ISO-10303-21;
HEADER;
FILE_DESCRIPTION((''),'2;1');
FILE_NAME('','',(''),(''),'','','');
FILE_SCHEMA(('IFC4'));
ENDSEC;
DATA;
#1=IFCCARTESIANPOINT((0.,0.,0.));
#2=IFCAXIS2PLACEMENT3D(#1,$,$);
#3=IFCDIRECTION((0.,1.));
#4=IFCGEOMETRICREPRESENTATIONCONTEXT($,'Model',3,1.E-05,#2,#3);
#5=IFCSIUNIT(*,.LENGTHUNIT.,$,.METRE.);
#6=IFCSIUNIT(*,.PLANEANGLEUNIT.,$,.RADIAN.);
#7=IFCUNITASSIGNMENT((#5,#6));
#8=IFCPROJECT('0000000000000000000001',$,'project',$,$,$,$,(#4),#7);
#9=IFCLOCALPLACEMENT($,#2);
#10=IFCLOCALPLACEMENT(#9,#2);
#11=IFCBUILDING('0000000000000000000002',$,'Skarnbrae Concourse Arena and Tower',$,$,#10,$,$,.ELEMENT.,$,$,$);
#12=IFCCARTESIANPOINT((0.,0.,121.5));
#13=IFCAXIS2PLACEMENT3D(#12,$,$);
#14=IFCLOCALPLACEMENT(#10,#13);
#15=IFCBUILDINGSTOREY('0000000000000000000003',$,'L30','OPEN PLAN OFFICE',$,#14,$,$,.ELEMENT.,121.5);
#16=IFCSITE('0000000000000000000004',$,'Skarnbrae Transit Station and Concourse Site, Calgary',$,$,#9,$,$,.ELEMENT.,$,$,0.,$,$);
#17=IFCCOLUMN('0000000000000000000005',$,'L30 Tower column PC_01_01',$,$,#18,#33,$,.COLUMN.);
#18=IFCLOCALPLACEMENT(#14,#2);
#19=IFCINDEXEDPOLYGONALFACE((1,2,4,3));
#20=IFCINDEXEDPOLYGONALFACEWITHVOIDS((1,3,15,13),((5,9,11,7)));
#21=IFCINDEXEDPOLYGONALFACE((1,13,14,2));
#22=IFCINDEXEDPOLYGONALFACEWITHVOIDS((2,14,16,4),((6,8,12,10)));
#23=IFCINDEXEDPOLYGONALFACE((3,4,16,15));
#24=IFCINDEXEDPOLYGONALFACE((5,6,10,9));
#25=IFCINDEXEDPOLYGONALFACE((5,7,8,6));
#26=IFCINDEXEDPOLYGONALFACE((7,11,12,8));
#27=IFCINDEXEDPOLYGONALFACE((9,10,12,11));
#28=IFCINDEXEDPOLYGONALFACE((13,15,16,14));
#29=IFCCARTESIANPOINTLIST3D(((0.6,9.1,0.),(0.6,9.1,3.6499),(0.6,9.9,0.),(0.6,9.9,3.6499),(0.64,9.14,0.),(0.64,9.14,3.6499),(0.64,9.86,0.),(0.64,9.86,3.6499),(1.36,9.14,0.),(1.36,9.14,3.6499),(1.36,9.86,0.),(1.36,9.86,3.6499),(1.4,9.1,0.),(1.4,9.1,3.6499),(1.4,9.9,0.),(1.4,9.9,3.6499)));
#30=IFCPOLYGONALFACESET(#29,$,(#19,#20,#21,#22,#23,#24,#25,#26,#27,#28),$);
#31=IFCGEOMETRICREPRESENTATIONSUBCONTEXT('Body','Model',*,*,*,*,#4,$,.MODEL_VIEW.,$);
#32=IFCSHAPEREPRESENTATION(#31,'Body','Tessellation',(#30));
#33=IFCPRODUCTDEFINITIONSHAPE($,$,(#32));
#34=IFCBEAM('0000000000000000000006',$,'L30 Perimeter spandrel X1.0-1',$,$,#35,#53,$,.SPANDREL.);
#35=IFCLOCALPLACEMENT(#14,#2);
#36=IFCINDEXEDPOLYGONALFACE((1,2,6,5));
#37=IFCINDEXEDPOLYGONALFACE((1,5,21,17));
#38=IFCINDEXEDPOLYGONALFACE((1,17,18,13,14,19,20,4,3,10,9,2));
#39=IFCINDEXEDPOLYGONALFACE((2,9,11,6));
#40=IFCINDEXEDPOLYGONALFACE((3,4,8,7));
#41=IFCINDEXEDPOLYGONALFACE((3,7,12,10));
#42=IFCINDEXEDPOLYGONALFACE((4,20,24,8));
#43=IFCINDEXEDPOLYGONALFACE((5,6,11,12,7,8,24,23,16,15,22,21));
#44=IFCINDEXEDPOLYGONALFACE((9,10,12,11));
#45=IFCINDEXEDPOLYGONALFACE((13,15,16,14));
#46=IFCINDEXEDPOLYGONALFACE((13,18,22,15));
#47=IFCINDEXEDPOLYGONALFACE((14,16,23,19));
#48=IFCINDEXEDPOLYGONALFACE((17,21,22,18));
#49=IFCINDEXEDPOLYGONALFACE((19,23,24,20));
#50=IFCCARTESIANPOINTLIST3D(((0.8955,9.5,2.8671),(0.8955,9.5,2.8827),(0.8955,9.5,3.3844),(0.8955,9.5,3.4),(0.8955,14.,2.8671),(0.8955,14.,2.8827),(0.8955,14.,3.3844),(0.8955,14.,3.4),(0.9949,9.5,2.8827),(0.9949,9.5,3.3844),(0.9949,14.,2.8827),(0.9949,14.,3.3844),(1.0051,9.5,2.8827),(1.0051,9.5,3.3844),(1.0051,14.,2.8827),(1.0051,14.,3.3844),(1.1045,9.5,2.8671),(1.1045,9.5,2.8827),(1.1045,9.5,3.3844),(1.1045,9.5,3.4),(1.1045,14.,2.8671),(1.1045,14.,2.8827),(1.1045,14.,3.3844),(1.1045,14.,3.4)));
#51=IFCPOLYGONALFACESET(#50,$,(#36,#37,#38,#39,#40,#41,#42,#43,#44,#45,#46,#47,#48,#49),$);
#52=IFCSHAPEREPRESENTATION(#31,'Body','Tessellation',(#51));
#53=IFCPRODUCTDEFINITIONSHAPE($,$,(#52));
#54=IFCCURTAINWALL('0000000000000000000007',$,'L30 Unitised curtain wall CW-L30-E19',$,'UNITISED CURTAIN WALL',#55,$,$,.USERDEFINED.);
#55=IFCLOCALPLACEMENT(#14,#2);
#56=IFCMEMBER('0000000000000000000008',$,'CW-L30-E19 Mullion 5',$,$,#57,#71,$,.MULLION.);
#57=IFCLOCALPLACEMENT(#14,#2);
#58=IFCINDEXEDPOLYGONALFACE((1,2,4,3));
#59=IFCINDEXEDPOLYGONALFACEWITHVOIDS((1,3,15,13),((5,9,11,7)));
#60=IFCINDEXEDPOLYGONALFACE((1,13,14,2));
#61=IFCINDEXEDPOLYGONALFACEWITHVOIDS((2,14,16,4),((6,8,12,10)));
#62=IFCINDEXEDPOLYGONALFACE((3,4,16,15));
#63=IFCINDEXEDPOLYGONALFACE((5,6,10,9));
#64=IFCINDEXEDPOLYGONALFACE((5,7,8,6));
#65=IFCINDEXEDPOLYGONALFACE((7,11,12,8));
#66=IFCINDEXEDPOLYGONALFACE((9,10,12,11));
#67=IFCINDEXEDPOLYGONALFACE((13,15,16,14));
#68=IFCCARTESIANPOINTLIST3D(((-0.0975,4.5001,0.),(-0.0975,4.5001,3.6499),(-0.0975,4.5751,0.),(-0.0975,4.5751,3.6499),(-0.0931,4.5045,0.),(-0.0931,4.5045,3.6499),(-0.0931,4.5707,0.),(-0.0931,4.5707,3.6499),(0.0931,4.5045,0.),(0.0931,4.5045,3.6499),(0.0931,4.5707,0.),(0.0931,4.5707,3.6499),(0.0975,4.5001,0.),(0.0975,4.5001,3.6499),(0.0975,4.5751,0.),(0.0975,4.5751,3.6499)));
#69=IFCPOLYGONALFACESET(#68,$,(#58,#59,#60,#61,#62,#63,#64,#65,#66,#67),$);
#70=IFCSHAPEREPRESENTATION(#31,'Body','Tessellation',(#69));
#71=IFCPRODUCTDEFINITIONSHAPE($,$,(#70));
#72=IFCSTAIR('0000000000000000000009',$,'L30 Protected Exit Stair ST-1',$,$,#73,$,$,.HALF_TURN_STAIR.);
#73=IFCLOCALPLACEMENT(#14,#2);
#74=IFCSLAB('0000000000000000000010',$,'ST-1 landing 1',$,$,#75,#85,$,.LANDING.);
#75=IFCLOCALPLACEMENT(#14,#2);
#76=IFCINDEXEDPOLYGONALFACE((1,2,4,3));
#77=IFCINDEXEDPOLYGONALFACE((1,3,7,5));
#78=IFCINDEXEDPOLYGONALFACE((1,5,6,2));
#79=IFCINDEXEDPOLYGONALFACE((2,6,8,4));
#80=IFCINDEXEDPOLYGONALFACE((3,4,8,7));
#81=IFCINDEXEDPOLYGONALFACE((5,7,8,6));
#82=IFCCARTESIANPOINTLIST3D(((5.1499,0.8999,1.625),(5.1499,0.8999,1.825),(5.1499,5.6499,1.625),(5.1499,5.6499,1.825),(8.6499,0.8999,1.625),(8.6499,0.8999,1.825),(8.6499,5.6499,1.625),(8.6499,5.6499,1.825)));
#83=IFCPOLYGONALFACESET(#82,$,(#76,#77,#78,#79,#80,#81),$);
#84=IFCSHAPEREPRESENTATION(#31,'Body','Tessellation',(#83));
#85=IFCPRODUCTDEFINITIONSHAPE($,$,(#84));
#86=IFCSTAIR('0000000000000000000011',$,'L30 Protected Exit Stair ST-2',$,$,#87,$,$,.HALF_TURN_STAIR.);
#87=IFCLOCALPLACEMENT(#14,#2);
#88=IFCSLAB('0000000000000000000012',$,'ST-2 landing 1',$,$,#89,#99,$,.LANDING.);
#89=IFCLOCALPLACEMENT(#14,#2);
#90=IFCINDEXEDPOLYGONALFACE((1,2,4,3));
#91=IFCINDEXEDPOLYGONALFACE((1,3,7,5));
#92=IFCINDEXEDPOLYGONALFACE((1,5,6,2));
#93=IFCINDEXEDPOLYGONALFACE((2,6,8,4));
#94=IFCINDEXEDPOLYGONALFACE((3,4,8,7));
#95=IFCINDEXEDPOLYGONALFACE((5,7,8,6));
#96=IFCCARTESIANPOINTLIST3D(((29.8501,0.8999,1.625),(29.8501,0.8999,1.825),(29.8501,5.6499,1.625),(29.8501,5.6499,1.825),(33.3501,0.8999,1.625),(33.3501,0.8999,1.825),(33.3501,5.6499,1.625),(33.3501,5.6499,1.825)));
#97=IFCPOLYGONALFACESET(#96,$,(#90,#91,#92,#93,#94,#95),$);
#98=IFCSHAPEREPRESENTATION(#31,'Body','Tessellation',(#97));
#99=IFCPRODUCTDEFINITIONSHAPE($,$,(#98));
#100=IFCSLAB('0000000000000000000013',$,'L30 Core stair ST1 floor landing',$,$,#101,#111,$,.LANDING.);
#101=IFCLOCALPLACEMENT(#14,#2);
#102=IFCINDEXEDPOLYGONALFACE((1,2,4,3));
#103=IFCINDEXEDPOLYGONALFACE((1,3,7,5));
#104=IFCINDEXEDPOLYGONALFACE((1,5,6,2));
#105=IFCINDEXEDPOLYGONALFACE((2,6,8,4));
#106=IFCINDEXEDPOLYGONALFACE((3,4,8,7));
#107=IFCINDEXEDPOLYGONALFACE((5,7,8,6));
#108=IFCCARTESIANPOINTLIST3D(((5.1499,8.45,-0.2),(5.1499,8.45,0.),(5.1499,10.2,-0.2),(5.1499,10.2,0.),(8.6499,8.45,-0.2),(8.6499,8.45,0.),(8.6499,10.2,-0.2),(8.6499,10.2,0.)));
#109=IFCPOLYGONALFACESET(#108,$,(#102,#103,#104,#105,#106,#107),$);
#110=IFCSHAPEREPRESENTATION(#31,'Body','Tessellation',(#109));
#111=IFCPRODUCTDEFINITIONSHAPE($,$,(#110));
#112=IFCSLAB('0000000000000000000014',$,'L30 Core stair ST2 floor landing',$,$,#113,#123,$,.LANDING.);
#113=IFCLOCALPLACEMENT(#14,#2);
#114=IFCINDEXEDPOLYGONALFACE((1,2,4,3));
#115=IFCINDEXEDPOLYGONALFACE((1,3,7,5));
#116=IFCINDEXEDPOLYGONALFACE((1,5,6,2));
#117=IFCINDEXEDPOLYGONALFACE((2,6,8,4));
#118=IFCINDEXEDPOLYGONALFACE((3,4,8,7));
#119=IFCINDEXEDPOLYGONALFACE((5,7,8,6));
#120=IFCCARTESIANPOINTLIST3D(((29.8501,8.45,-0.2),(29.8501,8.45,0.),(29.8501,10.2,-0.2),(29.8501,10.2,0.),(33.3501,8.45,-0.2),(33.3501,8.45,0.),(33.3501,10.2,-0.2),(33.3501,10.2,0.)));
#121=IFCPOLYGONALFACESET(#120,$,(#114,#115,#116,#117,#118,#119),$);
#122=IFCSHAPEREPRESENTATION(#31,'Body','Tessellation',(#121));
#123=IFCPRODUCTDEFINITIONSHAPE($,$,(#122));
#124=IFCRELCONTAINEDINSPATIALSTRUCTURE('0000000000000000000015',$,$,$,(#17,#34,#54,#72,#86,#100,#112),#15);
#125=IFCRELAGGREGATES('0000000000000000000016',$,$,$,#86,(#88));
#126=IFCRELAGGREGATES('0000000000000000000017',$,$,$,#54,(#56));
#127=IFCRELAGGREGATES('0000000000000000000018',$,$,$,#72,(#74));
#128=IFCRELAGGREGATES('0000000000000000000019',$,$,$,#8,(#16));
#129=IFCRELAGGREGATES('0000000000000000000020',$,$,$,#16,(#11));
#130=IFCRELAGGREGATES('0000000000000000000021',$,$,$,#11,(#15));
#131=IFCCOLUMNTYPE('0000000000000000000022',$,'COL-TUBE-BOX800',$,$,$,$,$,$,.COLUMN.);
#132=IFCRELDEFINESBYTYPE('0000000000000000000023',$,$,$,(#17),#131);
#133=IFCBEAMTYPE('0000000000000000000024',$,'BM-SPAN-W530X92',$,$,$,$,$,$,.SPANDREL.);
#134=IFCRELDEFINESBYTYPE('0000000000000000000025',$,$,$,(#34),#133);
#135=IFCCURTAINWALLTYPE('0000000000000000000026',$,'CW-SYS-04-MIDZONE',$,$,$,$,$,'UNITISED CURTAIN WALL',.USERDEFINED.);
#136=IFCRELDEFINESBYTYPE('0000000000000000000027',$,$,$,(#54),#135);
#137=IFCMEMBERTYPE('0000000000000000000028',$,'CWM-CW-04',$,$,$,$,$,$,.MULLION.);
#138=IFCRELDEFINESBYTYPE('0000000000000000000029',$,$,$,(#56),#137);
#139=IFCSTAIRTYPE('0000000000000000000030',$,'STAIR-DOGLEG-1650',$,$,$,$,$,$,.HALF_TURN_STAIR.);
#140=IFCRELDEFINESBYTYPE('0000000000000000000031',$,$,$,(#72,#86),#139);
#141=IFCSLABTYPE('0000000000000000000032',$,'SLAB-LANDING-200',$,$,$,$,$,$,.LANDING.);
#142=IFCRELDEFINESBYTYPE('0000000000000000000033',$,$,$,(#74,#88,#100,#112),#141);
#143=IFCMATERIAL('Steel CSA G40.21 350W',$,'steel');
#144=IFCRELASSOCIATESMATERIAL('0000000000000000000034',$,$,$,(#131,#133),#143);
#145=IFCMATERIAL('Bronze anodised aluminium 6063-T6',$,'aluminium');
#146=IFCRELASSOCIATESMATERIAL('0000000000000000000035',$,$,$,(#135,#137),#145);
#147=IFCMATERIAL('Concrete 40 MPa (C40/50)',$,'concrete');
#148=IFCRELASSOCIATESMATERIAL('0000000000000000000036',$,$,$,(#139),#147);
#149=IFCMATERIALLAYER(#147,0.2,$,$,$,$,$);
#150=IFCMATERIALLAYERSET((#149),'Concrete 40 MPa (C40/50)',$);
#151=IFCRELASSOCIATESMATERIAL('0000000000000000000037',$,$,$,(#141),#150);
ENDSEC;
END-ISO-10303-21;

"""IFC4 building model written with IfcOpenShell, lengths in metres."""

from ifc_helpers import new_model, si_unit, direction, frame, origin, origin_2d, place, context, subcontext, project, spatial, polyline, hollow_rectangle, i_section, outline, extrude, source, transform, mapped, material, layer, layer_set, material_profile, profile_set, type_object, element, aggregate, save


model = new_model("IFC4")

# Units and contexts
model_context = context("Model", 3, precision=1e-05, world=origin(), true_north=direction((0.0, 1.0)))
body_context = subcontext(model_context, "Body", "Model", "MODEL_VIEW")
ifc_project = project(units=[si_unit("LENGTHUNIT", "METRE"), si_unit("PLANEANGLEUNIT", "RADIAN")], contexts=[model_context])

# Site, building, storey
site_placement = place(None, origin())
site = spatial("IfcSite", under=ifc_project, at=site_placement, Name="Skarnbrae Transit Station and Concourse Site, Calgary", CompositionType="ELEMENT", RefElevation=0.0)
building_placement = place(site_placement, origin())
building = spatial("IfcBuilding", under=site, at=building_placement, Name="Skarnbrae Concourse Arena and Tower", CompositionType="ELEMENT")
storey_placement = place(building_placement, frame((0.0, 0.0, 121.5)))
storey = spatial("IfcBuildingStorey", under=building, at=storey_placement, Name="L30", Description="OPEN PLAN OFFICE", CompositionType="ELEMENT", Elevation=121.5)

# Column
ifc_material_1 = material(Name="Steel CSA G40.21 350W", Category="steel")
ifc_material_profile_1 = material_profile(ifc_material_1, hollow_rectangle(XDim=0.8, YDim=0.8, WallThickness=0.04, at=origin_2d()), Name="BOX800X800X40")
ifc_profile_set_1 = profile_set([ifc_material_profile_1], Name="Steel CSA G40.21 350W")
column_type = type_object("IfcColumnType", Name="COL-TUBE-BOX800", PredefinedType="COLUMN", material=ifc_profile_set_1)
shared_shape_1 = source(origin(), body_context, "Body", "SweptSolid", [
    extrude(hollow_rectangle(XDim=0.8, YDim=0.8, WallThickness=0.04, at=origin_2d()), origin(), (0.0, 0.0, 1.0), 3.6499),
])
column_placement = place(storey_placement, frame((1.0, 9.5, 0.0), z_axis=(0.0, 0.0, 1.0), x_axis=(1.0, 0.0, 0.0)))
element("IfcColumn", 1, at=column_placement, inside=storey, type_object=column_type, Name="L30 Tower column PC_01_01", PredefinedType="COLUMN", context=body_context, shape_type="MappedRepresentation", body=[
    mapped(shared_shape_1, transform((0.0, 0.0, 0.0))),
])

# Beam
ifc_material_profile_2 = material_profile(ifc_material_1, i_section(OverallWidth=0.209, OverallDepth=0.533, WebThickness=0.0103, FlangeThickness=0.0156, at=origin_2d()), Name="W530X92")
ifc_profile_set_2 = profile_set([ifc_material_profile_2], Name="Steel CSA G40.21 350W")
beam_type = type_object("IfcBeamType", Name="BM-SPAN-W530X92", PredefinedType="SPANDREL", material=ifc_profile_set_2)
shared_shape_2 = source(origin(), body_context, "Body", "SweptSolid", [
    extrude(i_section(OverallWidth=0.209, OverallDepth=0.533, WebThickness=0.0103, FlangeThickness=0.0156, at=origin_2d()), origin(), (0.0, 0.0, 1.0), 4.5),
])
beam_placement = place(storey_placement, frame((1.0, 9.5, 3.1335), z_axis=(0.0, 1.0, 0.0), x_axis=(-1.0, 0.0, 0.0)))
element("IfcBeam", 2, at=beam_placement, inside=storey, type_object=beam_type, Name="L30 Perimeter spandrel X1.0-1", PredefinedType="SPANDREL", context=body_context, shape_type="MappedRepresentation", body=[
    mapped(shared_shape_2, transform((0.0, 0.0, 0.0))),
])

# Curtain wall, member
ifc_material_2 = material(Name="Bronze anodised aluminium 6063-T6", Category="aluminium")
curtain_wall_type = type_object("IfcCurtainWallType", Name="CW-SYS-04-MIDZONE", ElementType="UNITISED CURTAIN WALL", PredefinedType="USERDEFINED", material=ifc_material_2)
curtain_wall_placement = place(storey_placement, origin())
curtain_wall = element("IfcCurtainWall", 3, at=curtain_wall_placement, inside=storey, type_object=curtain_wall_type, Name="L30 Unitised curtain wall CW-L30-E19", ObjectType="UNITISED CURTAIN WALL", PredefinedType="USERDEFINED")
ifc_material_profile_3 = material_profile(ifc_material_2, hollow_rectangle(XDim=0.075, YDim=0.1951, WallThickness=0.0044, at=origin_2d()), Name="ALU-MULL-75X195")
ifc_profile_set_3 = profile_set([ifc_material_profile_3], Name="Bronze anodised aluminium 6063-T6")
member_type = type_object("IfcMemberType", Name="CWM-CW-04", PredefinedType="MULLION", material=ifc_profile_set_3)
shared_shape_3 = source(origin(), body_context, "Body", "SweptSolid", [
    extrude(hollow_rectangle(XDim=0.075, YDim=0.1951, WallThickness=0.0044, at=origin_2d()), origin(), (0.0, 0.0, 1.0), 3.6499),
])
member_placement = place(storey_placement, frame((0.0, 4.5376, 0.0), z_axis=(0.0, 0.0, 1.0), x_axis=(0.0, -1.0, 0.0)))
member = element("IfcMember", 4, at=member_placement, type_object=member_type, Name="CW-L30-E19 Mullion 5", PredefinedType="MULLION", context=body_context, shape_type="MappedRepresentation", body=[
    mapped(shared_shape_3, transform((0.0, 0.0, 0.0))),
])

# Stairs, slabs
ifc_material_3 = material(Name="Concrete 40 MPa (C40/50)", Category="concrete")
stair_type = type_object("IfcStairType", Name="STAIR-DOGLEG-1650", PredefinedType="HALF_TURN_STAIR", material=ifc_material_3)
stair_1_placement = place(storey_placement, origin())
stair_1 = element("IfcStair", 5, at=stair_1_placement, inside=storey, type_object=stair_type, Name="L30 Protected Exit Stair ST-1", PredefinedType="HALF_TURN_STAIR")
ifc_layer_1 = layer(ifc_material_3, 0.2)
ifc_layer_set_1 = layer_set([ifc_layer_1], Name="Concrete 40 MPa (C40/50)")
slab_type_1 = type_object("IfcSlabType", Name="SLAB-LANDING-200", PredefinedType="LANDING", material=ifc_layer_set_1)
slab_1_placement = place(storey_placement, frame((0.0, 0.0, 1.625)))
slab_1 = element("IfcSlab", 6, at=slab_1_placement, type_object=slab_type_1, Name="ST-1 landing 1", PredefinedType="LANDING", context=body_context, shape_type="SweptSolid", body=[
    extrude(outline(polyline([(5.1499, 5.6499), (5.1499, 0.8999), (8.6499, 0.8999), (8.6499, 5.6499), (5.1499, 5.6499)])), origin(), (0.0, 0.0, 1.0), 0.2),
])
stair_2_placement = place(storey_placement, origin())
stair_2 = element("IfcStair", 7, at=stair_2_placement, inside=storey, type_object=stair_type, Name="L30 Protected Exit Stair ST-2", PredefinedType="HALF_TURN_STAIR")
slab_2_placement = place(storey_placement, frame((0.0, 0.0, 1.625)))
slab_2 = element("IfcSlab", 8, at=slab_2_placement, type_object=slab_type_1, Name="ST-2 landing 1", PredefinedType="LANDING", context=body_context, shape_type="SweptSolid", body=[
    extrude(outline(polyline([(29.8501, 5.6499), (29.8501, 0.8999), (33.3501, 0.8999), (33.3501, 5.6499), (29.8501, 5.6499)])), origin(), (0.0, 0.0, 1.0), 0.2),
])
aggregate(stair_2, [slab_2])

# Slabs
slab_3_placement = place(storey_placement, frame((0.0, 0.0, -0.2)))
element("IfcSlab", 9, at=slab_3_placement, inside=storey, type_object=slab_type_1, Name="L30 Core stair ST1 floor landing", PredefinedType="LANDING", context=body_context, shape_type="SweptSolid", body=[
    extrude(outline(polyline([(5.1499, 10.2), (5.1499, 8.45), (8.6499, 8.45), (8.6499, 10.2), (5.1499, 10.2)])), origin(), (0.0, 0.0, 1.0), 0.2),
])
slab_4_placement = place(storey_placement, frame((0.0, 0.0, -0.2)))
element("IfcSlab", 10, at=slab_4_placement, inside=storey, type_object=slab_type_1, Name="L30 Core stair ST2 floor landing", PredefinedType="LANDING", context=body_context, shape_type="SweptSolid", body=[
    extrude(outline(polyline([(29.8501, 10.2), (29.8501, 8.45), (33.3501, 8.45), (33.3501, 10.2), (29.8501, 10.2)])), origin(), (0.0, 0.0, 1.0), 0.2),
])

aggregate(curtain_wall, [member])

aggregate(stair_1, [slab_1])

save(model, "model.ifc")
